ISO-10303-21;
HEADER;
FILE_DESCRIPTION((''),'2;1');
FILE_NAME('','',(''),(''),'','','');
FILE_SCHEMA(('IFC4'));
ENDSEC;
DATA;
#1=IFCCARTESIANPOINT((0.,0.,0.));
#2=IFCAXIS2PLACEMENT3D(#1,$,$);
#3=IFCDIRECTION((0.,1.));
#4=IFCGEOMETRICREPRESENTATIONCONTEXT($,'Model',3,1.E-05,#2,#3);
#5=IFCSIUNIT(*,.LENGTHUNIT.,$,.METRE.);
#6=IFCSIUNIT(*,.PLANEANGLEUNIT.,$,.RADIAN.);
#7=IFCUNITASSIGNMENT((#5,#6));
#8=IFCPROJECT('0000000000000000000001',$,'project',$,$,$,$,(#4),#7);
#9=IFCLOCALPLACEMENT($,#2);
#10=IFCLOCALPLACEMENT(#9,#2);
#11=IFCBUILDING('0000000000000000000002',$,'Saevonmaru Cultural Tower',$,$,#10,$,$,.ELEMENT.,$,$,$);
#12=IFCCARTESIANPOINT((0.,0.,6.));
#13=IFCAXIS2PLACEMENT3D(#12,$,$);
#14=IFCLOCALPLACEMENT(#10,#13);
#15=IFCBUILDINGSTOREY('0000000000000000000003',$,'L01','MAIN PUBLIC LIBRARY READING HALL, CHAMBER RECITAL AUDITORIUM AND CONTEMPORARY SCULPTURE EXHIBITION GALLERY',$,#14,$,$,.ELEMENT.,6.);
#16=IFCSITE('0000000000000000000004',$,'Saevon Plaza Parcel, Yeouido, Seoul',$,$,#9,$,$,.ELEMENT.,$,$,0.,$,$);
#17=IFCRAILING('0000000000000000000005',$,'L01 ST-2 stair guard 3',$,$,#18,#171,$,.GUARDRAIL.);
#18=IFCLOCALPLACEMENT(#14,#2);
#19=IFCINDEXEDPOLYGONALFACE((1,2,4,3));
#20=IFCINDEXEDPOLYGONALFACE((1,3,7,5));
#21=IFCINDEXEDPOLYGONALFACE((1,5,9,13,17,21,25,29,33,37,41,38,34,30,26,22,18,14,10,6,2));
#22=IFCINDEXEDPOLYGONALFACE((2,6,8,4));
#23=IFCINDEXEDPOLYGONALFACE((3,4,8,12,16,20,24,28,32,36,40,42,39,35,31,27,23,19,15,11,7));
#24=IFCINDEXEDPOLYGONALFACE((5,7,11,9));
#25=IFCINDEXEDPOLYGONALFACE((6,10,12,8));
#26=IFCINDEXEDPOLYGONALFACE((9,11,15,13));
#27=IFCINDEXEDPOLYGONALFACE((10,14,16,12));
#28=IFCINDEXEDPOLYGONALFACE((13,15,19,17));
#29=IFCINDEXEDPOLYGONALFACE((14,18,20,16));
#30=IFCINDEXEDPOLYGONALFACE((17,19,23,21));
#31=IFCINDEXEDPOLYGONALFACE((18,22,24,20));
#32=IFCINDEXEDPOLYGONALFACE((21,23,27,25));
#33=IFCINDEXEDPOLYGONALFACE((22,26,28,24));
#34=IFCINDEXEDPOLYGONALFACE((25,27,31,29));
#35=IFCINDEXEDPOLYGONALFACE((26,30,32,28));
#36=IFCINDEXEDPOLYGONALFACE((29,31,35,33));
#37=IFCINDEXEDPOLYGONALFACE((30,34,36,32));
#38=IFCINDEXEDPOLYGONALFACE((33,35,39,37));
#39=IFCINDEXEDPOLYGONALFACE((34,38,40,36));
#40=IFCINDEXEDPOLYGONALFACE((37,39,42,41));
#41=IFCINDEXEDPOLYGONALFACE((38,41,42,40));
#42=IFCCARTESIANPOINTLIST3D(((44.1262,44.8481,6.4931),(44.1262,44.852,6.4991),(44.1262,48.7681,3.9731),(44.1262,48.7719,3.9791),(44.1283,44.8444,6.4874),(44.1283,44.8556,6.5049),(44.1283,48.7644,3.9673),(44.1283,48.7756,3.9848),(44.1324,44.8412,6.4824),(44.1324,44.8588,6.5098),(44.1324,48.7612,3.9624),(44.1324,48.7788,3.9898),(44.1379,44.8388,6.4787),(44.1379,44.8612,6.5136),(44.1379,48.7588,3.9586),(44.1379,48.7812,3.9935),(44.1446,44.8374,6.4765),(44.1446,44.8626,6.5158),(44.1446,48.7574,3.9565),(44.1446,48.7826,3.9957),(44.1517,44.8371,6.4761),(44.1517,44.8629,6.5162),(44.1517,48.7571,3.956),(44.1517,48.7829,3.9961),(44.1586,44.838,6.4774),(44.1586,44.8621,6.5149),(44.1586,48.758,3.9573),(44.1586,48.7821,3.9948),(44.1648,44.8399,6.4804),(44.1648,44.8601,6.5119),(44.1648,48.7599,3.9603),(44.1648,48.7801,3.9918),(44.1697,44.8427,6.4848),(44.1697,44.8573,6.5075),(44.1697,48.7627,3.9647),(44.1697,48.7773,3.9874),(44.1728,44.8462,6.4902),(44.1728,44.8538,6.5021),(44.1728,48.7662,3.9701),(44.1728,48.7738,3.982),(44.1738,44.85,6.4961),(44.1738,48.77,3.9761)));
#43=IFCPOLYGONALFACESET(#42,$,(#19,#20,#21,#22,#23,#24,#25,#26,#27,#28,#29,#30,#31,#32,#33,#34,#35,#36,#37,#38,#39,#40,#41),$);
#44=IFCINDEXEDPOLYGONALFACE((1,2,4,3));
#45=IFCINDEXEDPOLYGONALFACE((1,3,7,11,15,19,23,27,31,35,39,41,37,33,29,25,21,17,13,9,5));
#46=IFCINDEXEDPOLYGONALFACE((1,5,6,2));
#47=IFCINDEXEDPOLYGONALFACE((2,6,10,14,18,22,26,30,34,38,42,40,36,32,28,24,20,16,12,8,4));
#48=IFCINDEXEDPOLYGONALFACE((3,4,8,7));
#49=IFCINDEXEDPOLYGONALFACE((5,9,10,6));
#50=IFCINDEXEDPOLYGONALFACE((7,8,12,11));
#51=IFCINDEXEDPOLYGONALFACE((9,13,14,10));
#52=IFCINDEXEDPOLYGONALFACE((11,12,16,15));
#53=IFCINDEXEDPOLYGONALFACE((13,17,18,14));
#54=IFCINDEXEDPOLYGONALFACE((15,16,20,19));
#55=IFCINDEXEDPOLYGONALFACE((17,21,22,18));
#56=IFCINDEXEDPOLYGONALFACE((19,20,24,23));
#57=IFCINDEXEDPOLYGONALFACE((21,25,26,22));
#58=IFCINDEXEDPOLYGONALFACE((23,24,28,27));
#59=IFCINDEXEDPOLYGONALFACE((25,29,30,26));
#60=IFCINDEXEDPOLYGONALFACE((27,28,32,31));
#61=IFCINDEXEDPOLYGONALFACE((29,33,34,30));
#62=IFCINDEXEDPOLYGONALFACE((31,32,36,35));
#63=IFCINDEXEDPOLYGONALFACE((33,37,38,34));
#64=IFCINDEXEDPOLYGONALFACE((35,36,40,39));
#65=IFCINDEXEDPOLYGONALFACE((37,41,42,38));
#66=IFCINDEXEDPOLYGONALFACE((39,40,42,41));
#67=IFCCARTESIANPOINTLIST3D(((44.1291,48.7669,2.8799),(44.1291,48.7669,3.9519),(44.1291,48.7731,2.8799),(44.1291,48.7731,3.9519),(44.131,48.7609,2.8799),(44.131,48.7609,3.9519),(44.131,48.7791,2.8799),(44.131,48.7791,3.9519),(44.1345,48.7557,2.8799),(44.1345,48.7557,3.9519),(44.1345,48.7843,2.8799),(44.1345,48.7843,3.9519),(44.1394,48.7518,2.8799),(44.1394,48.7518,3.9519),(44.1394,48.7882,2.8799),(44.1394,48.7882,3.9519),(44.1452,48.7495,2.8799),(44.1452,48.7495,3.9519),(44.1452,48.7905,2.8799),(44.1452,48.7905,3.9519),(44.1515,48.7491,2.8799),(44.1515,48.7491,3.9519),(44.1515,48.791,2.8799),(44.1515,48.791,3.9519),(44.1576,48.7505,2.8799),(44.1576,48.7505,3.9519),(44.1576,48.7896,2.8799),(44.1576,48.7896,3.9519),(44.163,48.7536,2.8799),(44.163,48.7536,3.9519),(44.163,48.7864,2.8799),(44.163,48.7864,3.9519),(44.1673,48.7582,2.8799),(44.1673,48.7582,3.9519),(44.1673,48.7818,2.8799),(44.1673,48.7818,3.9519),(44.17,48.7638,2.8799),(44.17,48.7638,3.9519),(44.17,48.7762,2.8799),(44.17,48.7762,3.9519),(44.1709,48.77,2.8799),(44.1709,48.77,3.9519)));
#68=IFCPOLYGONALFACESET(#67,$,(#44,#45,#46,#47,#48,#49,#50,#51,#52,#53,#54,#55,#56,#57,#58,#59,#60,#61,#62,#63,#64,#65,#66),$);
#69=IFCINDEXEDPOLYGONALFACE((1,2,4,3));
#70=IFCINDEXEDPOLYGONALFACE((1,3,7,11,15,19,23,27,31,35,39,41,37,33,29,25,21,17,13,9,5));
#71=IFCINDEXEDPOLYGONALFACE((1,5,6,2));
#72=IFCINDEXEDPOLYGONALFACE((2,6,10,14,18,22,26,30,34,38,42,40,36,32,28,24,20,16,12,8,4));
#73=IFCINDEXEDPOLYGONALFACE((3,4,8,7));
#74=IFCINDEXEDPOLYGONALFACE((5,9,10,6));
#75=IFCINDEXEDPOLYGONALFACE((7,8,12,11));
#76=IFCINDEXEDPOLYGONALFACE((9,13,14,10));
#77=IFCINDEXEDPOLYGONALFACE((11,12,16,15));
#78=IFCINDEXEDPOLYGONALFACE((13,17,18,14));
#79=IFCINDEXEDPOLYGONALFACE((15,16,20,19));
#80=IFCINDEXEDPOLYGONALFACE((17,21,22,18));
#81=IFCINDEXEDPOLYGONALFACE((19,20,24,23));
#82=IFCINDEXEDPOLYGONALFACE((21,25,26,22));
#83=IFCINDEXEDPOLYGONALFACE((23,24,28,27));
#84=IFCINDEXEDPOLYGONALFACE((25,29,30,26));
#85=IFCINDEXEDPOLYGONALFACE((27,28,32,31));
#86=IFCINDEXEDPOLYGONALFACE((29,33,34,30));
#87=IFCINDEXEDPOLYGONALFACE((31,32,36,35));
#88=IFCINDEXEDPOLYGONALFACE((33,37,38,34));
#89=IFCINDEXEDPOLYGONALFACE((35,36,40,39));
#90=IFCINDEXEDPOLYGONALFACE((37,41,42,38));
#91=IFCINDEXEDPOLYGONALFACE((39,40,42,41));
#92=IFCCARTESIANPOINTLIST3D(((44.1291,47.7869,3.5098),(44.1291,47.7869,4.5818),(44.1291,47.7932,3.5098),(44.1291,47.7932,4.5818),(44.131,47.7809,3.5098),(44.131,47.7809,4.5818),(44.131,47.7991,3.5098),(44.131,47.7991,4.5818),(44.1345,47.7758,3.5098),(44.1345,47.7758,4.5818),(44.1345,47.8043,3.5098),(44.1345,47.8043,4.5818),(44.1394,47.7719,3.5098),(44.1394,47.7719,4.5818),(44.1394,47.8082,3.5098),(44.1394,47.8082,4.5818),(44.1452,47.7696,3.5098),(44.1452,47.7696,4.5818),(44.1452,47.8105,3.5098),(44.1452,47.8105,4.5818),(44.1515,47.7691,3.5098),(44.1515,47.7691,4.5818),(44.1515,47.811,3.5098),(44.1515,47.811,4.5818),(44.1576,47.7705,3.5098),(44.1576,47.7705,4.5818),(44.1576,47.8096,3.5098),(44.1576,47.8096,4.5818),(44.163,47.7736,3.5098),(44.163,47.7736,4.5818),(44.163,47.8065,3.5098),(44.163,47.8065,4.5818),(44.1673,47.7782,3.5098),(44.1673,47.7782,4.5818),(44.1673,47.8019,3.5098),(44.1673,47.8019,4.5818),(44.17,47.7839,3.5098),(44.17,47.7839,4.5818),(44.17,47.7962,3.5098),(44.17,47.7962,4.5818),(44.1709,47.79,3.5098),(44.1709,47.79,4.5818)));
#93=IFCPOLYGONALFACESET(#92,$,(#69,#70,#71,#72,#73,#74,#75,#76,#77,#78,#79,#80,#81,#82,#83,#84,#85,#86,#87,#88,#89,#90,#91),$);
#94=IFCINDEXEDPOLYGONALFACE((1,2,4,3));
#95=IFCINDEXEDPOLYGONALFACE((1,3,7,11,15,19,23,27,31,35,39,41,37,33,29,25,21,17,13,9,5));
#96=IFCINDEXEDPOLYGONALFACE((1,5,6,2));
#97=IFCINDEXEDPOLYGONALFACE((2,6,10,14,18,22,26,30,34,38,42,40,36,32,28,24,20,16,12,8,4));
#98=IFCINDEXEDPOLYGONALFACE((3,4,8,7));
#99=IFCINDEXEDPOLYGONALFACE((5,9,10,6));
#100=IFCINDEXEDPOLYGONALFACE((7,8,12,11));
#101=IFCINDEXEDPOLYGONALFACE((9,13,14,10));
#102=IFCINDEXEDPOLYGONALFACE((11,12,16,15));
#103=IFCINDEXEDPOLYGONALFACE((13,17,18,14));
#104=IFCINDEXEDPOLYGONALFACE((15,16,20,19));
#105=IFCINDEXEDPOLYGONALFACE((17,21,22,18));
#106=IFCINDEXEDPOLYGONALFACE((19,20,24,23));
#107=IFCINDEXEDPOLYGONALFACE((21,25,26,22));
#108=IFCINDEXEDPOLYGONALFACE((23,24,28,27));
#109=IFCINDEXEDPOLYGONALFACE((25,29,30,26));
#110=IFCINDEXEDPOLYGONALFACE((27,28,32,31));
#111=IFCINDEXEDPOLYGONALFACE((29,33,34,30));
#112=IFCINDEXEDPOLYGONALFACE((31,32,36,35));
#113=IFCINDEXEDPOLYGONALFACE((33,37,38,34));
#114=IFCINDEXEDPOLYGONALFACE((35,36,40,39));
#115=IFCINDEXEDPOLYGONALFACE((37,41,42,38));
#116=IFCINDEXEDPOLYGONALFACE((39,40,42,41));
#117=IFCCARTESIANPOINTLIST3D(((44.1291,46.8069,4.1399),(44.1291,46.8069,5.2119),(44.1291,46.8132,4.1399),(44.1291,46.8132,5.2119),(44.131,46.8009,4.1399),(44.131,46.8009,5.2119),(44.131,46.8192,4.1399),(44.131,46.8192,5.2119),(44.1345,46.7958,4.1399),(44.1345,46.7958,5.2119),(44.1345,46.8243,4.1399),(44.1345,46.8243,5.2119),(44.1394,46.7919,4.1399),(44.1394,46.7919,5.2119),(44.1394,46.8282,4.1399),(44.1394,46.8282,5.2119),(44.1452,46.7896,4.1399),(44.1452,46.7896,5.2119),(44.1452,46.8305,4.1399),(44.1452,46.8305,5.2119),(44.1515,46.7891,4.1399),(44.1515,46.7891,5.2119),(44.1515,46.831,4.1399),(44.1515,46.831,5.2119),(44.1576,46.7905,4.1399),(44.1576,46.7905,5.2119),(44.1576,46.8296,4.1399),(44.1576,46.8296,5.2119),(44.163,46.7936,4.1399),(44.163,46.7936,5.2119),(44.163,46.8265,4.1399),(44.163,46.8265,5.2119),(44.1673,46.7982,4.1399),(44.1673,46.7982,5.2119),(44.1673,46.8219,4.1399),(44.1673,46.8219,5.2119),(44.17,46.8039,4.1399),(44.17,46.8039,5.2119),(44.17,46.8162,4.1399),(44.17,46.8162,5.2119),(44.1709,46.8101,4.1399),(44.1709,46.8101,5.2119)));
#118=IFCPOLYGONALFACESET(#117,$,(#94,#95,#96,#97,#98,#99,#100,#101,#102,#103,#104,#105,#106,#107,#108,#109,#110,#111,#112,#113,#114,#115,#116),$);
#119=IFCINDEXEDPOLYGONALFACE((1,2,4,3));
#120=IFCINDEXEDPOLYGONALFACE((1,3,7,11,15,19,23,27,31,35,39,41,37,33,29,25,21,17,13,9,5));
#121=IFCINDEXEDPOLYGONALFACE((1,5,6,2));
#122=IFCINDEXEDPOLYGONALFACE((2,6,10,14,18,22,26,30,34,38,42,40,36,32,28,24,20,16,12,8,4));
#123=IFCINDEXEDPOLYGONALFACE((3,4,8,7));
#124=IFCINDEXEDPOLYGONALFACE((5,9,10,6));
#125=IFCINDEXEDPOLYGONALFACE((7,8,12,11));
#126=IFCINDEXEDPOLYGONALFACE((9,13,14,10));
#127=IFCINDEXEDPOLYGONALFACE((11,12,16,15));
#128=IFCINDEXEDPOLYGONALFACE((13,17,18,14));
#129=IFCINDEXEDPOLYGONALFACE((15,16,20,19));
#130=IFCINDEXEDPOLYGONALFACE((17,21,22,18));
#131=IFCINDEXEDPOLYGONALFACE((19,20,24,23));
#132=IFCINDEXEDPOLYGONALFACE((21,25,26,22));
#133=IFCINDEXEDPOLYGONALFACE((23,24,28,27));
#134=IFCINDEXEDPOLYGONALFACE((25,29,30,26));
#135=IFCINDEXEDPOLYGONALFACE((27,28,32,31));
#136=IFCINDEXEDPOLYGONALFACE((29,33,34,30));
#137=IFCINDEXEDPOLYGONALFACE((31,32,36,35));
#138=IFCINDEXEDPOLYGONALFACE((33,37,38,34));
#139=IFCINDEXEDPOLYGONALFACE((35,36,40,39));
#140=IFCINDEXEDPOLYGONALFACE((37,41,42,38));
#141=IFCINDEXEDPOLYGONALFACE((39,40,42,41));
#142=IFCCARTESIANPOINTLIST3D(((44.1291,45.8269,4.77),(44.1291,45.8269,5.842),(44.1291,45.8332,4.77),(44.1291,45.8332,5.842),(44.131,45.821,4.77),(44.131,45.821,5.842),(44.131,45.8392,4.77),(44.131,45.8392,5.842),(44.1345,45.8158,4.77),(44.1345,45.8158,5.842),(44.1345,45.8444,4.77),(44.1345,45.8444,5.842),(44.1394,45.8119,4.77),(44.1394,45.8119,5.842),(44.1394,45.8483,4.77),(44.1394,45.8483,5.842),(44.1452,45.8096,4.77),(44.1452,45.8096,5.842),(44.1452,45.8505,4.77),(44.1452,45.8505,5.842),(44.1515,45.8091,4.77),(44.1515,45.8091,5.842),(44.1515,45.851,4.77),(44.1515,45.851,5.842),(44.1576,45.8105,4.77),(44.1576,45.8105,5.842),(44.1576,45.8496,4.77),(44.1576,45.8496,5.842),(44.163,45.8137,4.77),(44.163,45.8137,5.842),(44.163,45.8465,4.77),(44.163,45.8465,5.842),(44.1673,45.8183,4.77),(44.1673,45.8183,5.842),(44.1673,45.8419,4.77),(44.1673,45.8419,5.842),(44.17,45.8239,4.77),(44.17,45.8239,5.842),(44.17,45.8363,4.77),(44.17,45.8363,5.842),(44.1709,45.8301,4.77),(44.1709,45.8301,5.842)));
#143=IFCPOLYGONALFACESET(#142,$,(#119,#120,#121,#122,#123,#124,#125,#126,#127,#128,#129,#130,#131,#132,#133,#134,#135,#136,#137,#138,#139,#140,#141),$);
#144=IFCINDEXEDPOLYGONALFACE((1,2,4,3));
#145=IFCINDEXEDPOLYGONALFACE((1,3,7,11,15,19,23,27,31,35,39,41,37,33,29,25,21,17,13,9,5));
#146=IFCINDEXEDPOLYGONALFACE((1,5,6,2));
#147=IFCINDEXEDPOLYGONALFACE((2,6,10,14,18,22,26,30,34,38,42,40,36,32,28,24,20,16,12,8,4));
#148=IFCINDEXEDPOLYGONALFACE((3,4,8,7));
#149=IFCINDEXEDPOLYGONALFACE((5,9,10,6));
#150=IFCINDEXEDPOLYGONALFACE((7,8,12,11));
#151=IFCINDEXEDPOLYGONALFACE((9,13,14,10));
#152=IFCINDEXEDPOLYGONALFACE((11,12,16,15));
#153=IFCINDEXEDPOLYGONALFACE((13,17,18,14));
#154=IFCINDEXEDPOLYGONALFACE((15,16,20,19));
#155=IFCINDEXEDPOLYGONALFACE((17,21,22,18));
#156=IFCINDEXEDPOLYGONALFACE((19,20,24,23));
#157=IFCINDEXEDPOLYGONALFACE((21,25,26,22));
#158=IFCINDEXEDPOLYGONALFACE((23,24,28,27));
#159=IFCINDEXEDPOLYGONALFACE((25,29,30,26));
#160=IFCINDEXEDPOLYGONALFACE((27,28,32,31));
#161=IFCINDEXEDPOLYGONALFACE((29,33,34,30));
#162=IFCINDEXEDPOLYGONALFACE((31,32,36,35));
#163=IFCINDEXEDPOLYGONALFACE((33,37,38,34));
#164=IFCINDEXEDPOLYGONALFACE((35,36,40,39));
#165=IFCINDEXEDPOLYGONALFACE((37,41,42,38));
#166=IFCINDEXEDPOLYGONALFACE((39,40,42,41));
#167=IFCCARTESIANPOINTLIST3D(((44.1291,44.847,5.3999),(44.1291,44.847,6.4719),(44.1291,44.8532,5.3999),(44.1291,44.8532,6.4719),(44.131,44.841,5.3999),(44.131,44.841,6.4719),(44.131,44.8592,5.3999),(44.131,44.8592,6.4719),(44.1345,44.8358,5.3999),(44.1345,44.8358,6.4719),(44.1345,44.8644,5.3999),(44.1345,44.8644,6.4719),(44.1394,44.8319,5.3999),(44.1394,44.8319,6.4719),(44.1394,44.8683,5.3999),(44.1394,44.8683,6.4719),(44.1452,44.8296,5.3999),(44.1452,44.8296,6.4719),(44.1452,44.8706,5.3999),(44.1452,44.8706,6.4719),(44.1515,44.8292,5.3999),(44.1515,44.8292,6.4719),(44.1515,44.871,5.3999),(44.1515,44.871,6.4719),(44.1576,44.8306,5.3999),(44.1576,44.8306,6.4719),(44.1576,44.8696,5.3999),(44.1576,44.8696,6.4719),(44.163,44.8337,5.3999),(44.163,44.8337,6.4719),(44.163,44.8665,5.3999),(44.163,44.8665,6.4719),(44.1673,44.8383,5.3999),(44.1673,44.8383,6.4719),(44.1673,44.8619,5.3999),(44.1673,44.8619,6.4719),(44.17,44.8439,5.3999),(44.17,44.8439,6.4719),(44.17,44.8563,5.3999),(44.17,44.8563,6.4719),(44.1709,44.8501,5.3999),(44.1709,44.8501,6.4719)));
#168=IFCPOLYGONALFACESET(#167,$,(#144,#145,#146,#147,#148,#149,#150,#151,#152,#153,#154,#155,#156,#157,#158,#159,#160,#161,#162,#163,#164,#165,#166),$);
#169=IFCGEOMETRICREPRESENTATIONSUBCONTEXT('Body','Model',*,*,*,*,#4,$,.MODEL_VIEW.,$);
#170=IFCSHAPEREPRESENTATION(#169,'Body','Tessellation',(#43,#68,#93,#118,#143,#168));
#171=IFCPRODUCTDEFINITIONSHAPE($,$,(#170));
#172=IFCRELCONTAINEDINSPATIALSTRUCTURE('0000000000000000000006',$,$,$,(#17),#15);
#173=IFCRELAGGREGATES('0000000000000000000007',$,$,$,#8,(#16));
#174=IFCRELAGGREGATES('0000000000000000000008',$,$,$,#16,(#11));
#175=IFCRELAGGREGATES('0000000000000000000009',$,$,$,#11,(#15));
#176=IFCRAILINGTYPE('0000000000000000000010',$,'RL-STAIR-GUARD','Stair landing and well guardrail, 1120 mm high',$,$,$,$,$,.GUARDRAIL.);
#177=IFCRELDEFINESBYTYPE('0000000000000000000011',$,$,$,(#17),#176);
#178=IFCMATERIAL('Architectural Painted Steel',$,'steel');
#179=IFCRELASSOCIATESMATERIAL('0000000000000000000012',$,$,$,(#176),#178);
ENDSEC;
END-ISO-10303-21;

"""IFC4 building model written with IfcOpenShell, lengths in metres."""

from ifc_helpers import new_model, si_unit, direction, frame, origin, origin_2d, place, context, subcontext, project, spatial, circle, extrude, material, type_object, element, save


model = new_model("IFC4")

# Units and contexts
model_context = context("Model", 3, precision=1e-05, world=origin(), true_north=direction((0.0, 1.0)))
body_context = subcontext(model_context, "Body", "Model", "MODEL_VIEW")
ifc_project = project(units=[si_unit("LENGTHUNIT", "METRE"), si_unit("PLANEANGLEUNIT", "RADIAN")], contexts=[model_context])

# Site, building, storey
site_placement = place(None, origin())
site = spatial("IfcSite", under=ifc_project, at=site_placement, Name="Saevon Plaza Parcel, Yeouido, Seoul", CompositionType="ELEMENT", RefElevation=0.0)
building_placement = place(site_placement, origin())
building = spatial("IfcBuilding", under=site, at=building_placement, Name="Saevonmaru Cultural Tower", CompositionType="ELEMENT")
storey_placement = place(building_placement, frame((0.0, 0.0, 6.0)))
storey = spatial("IfcBuildingStorey", under=building, at=storey_placement, Name="L01", Description="MAIN PUBLIC LIBRARY READING HALL, CHAMBER RECITAL AUDITORIUM AND CONTEMPORARY SCULPTURE EXHIBITION GALLERY", CompositionType="ELEMENT", Elevation=6.0)

# Railing
ifc_material_1 = material(Name="Architectural Painted Steel", Category="steel")
railing_type_1 = type_object("IfcRailingType", Name="RL-STAIR-GUARD", Description="Stair landing and well guardrail, 1120 mm high", PredefinedType="GUARDRAIL", material=ifc_material_1)
railing_1_placement = place(storey_placement, frame((44.1499, 48.77, 2.8799)))
element("IfcRailing", 1, at=railing_1_placement, inside=storey, type_object=railing_type_1, Name="L01 ST-2 stair guard 3", PredefinedType="GUARDRAIL", context=body_context, shape_type="SweptSolid", body=[
    extrude(circle(Radius=0.0239, at=origin_2d()), frame((0.0, 0.0, 1.0962), z_axis=(0.0, -0.841172, 0.540768), x_axis=(1.0, 0.0, 0.0)), (0.0, 0.0, 1.0), 4.6602),
    extrude(circle(Radius=0.021, at=origin_2d()), origin(), (0.0, 0.0, 1.0), 1.072),
    extrude(circle(Radius=0.021, at=origin_2d()), frame((0.0, -0.98, 0.6299)), (0.0, 0.0, 1.0), 1.072),
    extrude(circle(Radius=0.021, at=origin_2d()), frame((0.0, -1.96, 1.26)), (0.0, 0.0, 1.0), 1.072),
    extrude(circle(Radius=0.021, at=origin_2d()), frame((0.0, -2.9399, 1.8901)), (0.0, 0.0, 1.0), 1.072),
    extrude(circle(Radius=0.021, at=origin_2d()), frame((0.0, -3.9199, 2.52)), (0.0, 0.0, 1.0), 1.072),
])

save(model, "model.ifc")
